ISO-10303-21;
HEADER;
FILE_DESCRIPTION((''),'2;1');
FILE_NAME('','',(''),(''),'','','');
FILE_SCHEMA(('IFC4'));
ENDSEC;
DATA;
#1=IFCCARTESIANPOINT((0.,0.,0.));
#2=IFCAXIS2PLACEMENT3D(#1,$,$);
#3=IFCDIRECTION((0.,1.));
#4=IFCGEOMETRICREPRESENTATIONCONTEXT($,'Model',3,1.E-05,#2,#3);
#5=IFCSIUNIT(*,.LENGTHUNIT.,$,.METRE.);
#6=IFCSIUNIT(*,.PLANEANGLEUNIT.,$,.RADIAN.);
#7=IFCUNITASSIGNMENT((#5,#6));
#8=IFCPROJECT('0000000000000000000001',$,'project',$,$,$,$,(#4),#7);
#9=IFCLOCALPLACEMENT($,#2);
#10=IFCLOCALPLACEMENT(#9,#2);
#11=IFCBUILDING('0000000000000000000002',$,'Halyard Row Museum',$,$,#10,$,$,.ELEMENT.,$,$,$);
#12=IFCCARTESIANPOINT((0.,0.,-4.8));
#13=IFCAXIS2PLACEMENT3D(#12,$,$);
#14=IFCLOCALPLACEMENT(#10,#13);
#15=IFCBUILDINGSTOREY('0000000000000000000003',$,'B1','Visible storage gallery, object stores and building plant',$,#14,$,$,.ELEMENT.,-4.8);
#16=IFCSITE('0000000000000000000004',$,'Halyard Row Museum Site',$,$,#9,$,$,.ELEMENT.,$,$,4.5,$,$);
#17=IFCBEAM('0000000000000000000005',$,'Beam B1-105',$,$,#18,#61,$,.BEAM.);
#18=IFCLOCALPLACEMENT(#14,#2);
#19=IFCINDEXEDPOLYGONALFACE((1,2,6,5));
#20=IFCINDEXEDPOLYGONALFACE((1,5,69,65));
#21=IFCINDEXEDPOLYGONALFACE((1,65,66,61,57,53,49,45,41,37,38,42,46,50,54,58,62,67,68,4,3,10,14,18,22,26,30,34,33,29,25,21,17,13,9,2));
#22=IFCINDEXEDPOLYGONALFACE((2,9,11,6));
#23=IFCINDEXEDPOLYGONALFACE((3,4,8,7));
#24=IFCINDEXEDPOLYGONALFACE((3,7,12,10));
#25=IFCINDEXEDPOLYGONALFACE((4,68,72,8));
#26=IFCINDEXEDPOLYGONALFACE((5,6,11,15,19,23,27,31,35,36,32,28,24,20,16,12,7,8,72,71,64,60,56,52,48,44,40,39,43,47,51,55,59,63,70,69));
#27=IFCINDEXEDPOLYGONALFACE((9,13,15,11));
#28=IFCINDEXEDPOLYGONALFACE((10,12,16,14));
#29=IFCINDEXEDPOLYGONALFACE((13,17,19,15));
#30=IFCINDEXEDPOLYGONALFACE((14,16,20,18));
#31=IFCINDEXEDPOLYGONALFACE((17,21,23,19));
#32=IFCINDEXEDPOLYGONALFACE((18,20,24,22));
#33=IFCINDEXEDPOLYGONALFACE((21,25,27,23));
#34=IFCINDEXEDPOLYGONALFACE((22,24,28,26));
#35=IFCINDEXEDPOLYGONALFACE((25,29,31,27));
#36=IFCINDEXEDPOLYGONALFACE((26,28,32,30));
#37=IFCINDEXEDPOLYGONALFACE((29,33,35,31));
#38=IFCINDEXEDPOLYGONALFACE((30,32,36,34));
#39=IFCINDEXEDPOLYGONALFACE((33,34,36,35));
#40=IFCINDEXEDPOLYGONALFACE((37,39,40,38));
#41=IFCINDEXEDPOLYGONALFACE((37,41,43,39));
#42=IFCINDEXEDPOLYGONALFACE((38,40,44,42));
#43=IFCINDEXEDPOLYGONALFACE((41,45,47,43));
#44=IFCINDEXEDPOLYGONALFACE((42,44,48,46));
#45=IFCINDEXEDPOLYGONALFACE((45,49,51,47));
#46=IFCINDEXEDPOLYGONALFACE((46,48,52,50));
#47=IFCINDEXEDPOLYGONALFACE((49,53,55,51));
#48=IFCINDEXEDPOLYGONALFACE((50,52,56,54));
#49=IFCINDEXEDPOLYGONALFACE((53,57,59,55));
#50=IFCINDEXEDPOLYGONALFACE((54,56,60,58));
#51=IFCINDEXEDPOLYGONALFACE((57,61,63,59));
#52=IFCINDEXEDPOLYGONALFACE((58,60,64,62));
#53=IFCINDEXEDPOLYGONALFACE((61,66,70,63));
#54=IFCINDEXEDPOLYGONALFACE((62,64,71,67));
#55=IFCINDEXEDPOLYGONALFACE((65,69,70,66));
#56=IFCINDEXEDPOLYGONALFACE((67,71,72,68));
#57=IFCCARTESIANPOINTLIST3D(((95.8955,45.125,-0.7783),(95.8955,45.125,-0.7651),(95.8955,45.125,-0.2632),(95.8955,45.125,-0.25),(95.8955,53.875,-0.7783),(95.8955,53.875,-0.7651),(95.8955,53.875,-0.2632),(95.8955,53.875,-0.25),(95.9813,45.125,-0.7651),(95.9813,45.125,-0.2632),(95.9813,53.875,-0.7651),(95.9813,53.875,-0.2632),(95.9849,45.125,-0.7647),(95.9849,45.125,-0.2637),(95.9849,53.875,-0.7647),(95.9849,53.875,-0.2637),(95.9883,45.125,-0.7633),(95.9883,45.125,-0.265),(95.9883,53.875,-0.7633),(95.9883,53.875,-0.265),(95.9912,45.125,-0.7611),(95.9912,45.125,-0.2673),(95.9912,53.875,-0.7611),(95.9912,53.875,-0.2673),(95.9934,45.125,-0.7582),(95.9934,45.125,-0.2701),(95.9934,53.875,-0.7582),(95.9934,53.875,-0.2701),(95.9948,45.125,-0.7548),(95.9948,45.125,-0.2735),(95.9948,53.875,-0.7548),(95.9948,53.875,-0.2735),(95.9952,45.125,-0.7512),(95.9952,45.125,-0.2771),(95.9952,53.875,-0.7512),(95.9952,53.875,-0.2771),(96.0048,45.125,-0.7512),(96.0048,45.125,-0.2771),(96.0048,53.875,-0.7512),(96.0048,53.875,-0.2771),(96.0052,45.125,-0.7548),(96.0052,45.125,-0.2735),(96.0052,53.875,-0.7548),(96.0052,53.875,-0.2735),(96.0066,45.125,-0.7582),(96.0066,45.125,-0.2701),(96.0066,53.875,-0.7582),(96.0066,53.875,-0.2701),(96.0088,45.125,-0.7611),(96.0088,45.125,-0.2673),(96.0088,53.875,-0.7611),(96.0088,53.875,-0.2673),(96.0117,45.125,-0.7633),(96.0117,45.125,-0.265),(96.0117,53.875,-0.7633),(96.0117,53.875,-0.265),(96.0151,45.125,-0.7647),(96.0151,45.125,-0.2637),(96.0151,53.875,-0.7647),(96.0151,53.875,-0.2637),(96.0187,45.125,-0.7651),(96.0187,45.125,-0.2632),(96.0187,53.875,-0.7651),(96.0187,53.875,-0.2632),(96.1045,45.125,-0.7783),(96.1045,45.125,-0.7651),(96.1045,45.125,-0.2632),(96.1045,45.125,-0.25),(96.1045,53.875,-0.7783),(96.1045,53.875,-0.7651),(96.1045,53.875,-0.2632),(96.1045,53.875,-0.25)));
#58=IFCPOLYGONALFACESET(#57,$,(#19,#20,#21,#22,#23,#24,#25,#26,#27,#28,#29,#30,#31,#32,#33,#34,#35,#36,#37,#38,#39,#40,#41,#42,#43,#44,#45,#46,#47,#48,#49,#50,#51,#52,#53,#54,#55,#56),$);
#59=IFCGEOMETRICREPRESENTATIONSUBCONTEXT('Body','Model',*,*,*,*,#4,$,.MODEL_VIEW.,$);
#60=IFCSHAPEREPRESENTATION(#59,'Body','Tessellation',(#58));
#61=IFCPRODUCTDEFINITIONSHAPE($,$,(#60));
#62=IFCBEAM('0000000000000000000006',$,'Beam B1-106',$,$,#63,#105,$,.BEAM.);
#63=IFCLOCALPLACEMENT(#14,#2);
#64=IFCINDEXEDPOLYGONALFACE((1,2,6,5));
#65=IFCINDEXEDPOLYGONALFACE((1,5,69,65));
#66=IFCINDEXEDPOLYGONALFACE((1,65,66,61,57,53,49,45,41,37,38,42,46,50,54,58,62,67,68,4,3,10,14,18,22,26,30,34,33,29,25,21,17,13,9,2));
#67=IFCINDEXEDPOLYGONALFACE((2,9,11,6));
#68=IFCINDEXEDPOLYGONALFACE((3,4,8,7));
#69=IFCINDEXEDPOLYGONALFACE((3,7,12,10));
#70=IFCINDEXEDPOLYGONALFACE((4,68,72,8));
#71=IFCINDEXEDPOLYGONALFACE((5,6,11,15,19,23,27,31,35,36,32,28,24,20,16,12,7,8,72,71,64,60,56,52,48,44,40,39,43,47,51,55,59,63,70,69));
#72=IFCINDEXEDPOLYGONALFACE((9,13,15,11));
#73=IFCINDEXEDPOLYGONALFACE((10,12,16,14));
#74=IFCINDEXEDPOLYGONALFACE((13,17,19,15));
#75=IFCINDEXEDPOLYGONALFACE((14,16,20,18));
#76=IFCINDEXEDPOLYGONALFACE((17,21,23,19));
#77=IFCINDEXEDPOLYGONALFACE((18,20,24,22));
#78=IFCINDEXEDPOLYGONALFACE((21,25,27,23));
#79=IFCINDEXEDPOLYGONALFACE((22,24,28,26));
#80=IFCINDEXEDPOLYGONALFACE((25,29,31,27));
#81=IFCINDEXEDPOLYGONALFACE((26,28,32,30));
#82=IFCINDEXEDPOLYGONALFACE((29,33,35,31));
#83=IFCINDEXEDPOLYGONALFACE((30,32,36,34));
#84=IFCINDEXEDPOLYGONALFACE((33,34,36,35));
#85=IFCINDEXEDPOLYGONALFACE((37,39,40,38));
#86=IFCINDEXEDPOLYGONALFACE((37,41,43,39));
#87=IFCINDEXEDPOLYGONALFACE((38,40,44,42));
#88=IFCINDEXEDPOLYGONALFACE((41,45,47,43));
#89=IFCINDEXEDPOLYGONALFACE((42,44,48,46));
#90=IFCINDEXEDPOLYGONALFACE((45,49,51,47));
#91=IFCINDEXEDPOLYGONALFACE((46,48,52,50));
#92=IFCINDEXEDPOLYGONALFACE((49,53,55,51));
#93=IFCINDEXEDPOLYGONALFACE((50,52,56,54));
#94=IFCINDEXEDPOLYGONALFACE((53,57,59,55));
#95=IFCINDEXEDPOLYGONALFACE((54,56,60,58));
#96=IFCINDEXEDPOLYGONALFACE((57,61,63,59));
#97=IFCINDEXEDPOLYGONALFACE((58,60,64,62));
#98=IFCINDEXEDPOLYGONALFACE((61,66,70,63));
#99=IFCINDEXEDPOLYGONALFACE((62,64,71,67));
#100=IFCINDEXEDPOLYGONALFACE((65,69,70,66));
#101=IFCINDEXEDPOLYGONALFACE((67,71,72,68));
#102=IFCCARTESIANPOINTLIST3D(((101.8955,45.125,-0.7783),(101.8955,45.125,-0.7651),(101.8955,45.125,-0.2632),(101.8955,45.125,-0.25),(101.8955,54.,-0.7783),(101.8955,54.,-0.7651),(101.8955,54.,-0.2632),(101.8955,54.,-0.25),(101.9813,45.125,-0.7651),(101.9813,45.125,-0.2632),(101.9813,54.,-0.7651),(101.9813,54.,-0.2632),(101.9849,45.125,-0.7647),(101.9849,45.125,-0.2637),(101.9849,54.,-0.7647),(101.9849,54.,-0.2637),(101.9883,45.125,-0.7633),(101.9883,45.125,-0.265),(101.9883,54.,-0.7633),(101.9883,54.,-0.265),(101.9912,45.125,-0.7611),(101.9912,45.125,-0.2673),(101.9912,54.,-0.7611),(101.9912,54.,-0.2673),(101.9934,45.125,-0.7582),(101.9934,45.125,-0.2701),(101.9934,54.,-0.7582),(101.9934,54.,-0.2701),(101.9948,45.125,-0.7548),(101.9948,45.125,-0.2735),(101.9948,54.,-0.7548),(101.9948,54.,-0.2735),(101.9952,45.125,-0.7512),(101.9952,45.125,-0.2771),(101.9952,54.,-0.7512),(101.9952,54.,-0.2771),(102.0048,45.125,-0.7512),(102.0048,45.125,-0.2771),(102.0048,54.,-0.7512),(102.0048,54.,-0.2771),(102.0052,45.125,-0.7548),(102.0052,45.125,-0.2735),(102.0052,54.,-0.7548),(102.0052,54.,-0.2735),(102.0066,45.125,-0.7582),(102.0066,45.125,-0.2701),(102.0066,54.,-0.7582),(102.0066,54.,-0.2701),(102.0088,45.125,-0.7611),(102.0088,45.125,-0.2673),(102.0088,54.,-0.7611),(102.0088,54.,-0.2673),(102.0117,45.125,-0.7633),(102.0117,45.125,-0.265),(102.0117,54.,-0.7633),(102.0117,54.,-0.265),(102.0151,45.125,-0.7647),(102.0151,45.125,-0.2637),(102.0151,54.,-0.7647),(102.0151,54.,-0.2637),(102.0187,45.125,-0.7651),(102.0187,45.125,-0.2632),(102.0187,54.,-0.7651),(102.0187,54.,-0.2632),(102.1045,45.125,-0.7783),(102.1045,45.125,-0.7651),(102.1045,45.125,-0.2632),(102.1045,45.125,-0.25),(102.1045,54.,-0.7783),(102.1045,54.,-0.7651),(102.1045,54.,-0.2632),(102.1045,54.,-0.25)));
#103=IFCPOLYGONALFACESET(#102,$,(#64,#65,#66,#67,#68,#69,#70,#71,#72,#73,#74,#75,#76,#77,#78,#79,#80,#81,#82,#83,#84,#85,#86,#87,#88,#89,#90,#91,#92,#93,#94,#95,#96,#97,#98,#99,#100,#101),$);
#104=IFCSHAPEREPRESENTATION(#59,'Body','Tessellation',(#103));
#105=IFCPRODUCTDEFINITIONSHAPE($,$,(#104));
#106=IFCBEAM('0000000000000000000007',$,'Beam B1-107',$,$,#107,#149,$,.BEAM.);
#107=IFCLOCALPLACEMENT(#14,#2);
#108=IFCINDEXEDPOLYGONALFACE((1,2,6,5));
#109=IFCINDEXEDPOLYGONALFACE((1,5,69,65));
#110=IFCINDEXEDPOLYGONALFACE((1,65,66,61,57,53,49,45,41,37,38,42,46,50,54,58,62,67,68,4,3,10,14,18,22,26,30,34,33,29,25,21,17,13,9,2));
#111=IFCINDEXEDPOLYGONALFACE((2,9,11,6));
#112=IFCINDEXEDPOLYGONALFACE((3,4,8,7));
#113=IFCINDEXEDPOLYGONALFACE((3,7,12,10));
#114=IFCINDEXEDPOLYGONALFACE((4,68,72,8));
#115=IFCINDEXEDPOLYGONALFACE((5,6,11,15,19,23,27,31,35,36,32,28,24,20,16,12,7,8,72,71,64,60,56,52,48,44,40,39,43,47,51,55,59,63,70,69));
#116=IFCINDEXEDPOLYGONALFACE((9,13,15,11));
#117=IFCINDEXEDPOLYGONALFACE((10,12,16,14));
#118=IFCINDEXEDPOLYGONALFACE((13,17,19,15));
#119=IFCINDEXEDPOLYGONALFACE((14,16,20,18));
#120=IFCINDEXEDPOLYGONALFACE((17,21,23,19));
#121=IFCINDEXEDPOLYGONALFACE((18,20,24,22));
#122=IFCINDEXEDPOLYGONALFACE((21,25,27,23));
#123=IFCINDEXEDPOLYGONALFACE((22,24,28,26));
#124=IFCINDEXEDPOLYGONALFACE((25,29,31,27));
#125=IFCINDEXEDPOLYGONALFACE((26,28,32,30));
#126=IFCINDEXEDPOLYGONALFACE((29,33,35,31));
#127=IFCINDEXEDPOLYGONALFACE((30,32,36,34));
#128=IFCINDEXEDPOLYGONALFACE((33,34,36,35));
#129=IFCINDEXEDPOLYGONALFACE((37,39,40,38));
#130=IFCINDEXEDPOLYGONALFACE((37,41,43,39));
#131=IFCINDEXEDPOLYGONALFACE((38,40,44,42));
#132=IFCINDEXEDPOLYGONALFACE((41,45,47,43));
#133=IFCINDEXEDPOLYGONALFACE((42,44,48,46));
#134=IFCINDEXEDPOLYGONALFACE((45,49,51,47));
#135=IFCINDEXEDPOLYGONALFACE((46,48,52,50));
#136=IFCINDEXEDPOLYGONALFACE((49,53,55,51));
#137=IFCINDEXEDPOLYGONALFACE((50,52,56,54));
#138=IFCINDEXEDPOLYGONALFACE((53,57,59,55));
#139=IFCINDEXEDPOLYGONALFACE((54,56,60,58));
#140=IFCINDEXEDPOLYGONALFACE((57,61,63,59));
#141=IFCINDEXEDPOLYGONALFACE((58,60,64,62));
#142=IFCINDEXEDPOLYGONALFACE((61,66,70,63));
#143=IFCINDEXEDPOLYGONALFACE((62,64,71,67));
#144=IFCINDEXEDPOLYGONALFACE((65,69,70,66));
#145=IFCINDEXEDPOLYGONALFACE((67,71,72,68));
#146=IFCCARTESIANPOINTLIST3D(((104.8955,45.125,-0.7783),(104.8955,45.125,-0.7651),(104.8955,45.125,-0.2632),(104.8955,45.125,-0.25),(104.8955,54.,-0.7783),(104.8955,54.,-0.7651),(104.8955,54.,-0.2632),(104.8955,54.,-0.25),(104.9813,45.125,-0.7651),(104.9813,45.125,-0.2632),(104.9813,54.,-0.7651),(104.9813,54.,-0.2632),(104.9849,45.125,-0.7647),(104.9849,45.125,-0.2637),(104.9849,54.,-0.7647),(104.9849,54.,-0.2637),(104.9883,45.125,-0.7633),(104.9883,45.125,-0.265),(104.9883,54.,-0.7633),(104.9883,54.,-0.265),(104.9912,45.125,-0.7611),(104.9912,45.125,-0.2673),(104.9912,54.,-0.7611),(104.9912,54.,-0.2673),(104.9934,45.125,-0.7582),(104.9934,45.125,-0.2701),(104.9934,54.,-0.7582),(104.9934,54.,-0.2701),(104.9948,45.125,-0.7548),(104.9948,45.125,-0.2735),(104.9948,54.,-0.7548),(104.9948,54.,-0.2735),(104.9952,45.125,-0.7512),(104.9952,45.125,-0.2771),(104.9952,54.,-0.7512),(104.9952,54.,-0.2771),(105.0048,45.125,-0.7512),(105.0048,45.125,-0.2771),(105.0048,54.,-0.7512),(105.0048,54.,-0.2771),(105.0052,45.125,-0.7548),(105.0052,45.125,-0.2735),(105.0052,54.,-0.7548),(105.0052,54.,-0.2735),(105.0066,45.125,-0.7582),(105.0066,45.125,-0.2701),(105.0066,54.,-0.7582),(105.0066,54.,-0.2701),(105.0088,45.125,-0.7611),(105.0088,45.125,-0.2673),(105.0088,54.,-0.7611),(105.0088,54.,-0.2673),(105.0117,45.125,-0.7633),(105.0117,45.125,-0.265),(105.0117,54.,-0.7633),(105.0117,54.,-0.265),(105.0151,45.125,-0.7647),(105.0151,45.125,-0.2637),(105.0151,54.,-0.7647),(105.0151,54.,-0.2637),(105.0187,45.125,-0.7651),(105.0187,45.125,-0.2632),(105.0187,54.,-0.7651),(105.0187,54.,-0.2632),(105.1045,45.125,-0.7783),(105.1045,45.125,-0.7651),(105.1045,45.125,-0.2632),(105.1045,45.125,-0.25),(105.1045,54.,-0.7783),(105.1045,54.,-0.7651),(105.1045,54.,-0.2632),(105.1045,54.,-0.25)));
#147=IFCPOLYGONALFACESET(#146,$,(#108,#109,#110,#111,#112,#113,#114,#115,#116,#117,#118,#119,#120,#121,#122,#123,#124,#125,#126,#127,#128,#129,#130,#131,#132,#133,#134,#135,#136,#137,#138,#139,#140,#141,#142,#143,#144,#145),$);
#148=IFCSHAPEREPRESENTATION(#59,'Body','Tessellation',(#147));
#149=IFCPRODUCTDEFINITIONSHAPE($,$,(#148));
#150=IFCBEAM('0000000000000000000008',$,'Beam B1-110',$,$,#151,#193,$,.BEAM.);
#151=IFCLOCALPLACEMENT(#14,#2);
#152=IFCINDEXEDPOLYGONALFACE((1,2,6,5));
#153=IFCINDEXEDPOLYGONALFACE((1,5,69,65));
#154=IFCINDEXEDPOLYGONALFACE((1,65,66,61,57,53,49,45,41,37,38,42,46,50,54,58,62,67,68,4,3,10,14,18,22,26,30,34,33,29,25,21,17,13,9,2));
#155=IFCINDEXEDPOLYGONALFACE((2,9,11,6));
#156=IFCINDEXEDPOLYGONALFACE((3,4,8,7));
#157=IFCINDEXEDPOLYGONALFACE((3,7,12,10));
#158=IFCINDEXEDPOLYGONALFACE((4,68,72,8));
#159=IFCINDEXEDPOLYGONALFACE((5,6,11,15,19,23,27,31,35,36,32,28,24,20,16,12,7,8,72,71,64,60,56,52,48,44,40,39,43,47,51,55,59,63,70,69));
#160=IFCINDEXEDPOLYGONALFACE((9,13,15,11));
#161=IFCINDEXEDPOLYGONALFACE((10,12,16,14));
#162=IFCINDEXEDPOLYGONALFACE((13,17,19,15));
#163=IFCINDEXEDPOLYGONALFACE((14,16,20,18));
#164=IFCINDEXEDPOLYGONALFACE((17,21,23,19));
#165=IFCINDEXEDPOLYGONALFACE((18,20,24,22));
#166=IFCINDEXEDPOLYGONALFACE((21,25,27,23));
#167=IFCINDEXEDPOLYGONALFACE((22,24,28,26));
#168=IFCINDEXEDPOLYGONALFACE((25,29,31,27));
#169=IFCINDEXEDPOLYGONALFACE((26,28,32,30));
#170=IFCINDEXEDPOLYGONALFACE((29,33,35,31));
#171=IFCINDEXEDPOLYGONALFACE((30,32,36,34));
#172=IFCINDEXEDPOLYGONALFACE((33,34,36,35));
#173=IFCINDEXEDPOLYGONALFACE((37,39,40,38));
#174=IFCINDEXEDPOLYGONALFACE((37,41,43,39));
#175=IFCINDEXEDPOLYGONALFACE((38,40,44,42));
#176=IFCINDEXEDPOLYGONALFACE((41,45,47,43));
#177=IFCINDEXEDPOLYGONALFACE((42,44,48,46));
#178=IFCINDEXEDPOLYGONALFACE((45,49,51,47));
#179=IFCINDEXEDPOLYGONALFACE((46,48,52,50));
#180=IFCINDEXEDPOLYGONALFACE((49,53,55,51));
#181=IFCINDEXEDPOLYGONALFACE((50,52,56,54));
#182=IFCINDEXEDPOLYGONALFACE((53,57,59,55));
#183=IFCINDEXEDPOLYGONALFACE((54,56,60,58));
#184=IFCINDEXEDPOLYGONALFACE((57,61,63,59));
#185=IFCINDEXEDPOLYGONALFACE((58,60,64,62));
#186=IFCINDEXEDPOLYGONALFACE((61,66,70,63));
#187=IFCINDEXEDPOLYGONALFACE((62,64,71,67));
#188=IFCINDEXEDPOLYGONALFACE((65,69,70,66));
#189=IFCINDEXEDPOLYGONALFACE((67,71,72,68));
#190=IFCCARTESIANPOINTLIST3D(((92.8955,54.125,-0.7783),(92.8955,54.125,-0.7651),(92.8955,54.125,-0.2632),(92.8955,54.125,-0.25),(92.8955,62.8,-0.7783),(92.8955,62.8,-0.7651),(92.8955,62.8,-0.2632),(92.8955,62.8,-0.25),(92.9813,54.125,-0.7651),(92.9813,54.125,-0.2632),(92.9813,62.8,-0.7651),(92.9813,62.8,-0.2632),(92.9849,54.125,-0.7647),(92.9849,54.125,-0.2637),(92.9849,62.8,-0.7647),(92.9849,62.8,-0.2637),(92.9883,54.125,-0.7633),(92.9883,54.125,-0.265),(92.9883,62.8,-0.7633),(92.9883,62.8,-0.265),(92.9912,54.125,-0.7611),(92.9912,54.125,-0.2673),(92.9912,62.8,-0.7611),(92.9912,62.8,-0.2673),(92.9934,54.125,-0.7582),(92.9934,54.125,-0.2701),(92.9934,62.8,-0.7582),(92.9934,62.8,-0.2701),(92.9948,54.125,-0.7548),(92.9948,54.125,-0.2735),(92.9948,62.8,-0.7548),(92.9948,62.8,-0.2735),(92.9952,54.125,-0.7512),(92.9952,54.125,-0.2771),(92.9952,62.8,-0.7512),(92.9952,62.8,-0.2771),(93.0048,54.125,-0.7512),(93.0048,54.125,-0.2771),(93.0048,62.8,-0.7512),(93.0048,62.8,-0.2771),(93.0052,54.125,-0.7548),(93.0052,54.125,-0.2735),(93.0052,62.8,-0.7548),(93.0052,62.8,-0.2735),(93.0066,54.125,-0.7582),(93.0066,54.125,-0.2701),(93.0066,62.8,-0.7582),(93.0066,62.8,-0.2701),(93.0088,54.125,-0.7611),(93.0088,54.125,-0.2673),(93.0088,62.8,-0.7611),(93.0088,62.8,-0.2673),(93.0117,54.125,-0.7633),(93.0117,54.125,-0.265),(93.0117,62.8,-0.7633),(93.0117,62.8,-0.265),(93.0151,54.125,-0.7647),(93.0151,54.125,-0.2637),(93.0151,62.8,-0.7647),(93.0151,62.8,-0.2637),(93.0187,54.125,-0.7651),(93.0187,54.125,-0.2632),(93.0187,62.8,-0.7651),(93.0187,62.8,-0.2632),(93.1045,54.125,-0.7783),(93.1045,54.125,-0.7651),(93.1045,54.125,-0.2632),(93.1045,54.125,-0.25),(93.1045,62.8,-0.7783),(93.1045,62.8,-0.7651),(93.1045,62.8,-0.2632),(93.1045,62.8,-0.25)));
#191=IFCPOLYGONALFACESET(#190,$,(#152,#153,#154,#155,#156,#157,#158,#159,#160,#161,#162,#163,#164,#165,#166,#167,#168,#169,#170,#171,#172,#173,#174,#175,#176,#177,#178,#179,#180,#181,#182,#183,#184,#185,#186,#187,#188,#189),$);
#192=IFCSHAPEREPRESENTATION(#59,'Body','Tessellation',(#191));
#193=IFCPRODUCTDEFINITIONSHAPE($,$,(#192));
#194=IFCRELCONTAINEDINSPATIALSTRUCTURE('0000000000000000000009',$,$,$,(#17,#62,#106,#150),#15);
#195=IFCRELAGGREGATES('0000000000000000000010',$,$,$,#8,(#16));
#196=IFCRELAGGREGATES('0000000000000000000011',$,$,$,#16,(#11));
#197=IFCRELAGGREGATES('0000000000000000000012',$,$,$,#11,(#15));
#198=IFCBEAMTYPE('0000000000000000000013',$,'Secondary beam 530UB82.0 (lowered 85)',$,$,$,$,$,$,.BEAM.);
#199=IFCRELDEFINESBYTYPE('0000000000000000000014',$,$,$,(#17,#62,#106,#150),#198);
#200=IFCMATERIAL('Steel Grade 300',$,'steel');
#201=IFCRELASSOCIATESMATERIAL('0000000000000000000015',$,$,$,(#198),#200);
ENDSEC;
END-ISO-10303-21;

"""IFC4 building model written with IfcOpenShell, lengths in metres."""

from ifc_helpers import new_model, si_unit, direction, frame, origin, origin_2d, place, context, subcontext, project, spatial, i_section, extrude, material, material_profile, profile_set, type_object, element, save


model = new_model("IFC4")

# Units and contexts
model_context = context("Model", 3, precision=1e-05, world=origin(), true_north=direction((0.0, 1.0)))
body_context = subcontext(model_context, "Body", "Model", "MODEL_VIEW")
ifc_project = project(units=[si_unit("LENGTHUNIT", "METRE"), si_unit("PLANEANGLEUNIT", "RADIAN")], contexts=[model_context])

# Site, building, storey
site_placement = place(None, origin())
site = spatial("IfcSite", under=ifc_project, at=site_placement, Name="Halyard Row Museum Site", CompositionType="ELEMENT", RefElevation=4.5)
building_placement = place(site_placement, origin())
building = spatial("IfcBuilding", under=site, at=building_placement, Name="Halyard Row Museum", CompositionType="ELEMENT")
storey_placement = place(building_placement, frame((0.0, 0.0, -4.8)))
storey = spatial("IfcBuildingStorey", under=building, at=storey_placement, Name="B1", Description="Visible storage gallery, object stores and building plant", CompositionType="ELEMENT", Elevation=-4.8)

# Beams
ifc_material_1 = material(Name="Steel Grade 300", Category="steel")
ifc_material_profile_1 = material_profile(ifc_material_1, i_section(OverallWidth=0.209, OverallDepth=0.5283, WebThickness=0.0095, FlangeThickness=0.0132, FilletRadius=0.0139, at=origin_2d()), Name="530UB82.0")
ifc_profile_set_1 = profile_set([ifc_material_profile_1], Name="Steel Grade 300")
beam_type_1 = type_object("IfcBeamType", Name="Secondary beam 530UB82.0 (lowered 85)", PredefinedType="BEAM", material=ifc_profile_set_1)
for number, where, z_axis, x_axis, name in (
    (1, (96.0, 45.125, -0.5142), (0.0, 1.0, 0.0), (-1.0, 0.0, 0.0), "Beam B1-105"),
):
    element("IfcBeam", number, at=place(storey_placement, frame(where, z_axis=z_axis, x_axis=x_axis)), inside=storey, type_object=beam_type_1, Name=name, PredefinedType="BEAM", context=body_context, shape_type="SweptSolid", body=[
        extrude(i_section(OverallWidth=0.209, OverallDepth=0.5283, WebThickness=0.0095, FlangeThickness=0.0132, FilletRadius=0.0139, at=origin_2d()), origin(), (0.0, 0.0, 1.0), 8.75),
    ])
for number, where, z_axis, x_axis, name in (
    (2, (102.0, 45.125, -0.5142), (0.0, 1.0, 0.0), (-1.0, 0.0, 0.0), "Beam B1-106"),
    (3, (105.0, 45.125, -0.5142), (0.0, 1.0, 0.0), (-1.0, 0.0, 0.0), "Beam B1-107"),
):
    element("IfcBeam", number, at=place(storey_placement, frame(where, z_axis=z_axis, x_axis=x_axis)), inside=storey, type_object=beam_type_1, Name=name, PredefinedType="BEAM", context=body_context, shape_type="SweptSolid", body=[
        extrude(i_section(OverallWidth=0.209, OverallDepth=0.5283, WebThickness=0.0095, FlangeThickness=0.0132, FilletRadius=0.0139, at=origin_2d()), origin(), (0.0, 0.0, 1.0), 8.875),
    ])
for number, where, z_axis, x_axis, name in (
    (4, (93.0, 54.125, -0.5142), (0.0, 1.0, 0.0), (-1.0, 0.0, 0.0), "Beam B1-110"),
):
    element("IfcBeam", number, at=place(storey_placement, frame(where, z_axis=z_axis, x_axis=x_axis)), inside=storey, type_object=beam_type_1, Name=name, PredefinedType="BEAM", context=body_context, shape_type="SweptSolid", body=[
        extrude(i_section(OverallWidth=0.209, OverallDepth=0.5283, WebThickness=0.0095, FlangeThickness=0.0132, FilletRadius=0.0139, at=origin_2d()), origin(), (0.0, 0.0, 1.0), 8.675),
    ])

save(model, "model.ifc")
